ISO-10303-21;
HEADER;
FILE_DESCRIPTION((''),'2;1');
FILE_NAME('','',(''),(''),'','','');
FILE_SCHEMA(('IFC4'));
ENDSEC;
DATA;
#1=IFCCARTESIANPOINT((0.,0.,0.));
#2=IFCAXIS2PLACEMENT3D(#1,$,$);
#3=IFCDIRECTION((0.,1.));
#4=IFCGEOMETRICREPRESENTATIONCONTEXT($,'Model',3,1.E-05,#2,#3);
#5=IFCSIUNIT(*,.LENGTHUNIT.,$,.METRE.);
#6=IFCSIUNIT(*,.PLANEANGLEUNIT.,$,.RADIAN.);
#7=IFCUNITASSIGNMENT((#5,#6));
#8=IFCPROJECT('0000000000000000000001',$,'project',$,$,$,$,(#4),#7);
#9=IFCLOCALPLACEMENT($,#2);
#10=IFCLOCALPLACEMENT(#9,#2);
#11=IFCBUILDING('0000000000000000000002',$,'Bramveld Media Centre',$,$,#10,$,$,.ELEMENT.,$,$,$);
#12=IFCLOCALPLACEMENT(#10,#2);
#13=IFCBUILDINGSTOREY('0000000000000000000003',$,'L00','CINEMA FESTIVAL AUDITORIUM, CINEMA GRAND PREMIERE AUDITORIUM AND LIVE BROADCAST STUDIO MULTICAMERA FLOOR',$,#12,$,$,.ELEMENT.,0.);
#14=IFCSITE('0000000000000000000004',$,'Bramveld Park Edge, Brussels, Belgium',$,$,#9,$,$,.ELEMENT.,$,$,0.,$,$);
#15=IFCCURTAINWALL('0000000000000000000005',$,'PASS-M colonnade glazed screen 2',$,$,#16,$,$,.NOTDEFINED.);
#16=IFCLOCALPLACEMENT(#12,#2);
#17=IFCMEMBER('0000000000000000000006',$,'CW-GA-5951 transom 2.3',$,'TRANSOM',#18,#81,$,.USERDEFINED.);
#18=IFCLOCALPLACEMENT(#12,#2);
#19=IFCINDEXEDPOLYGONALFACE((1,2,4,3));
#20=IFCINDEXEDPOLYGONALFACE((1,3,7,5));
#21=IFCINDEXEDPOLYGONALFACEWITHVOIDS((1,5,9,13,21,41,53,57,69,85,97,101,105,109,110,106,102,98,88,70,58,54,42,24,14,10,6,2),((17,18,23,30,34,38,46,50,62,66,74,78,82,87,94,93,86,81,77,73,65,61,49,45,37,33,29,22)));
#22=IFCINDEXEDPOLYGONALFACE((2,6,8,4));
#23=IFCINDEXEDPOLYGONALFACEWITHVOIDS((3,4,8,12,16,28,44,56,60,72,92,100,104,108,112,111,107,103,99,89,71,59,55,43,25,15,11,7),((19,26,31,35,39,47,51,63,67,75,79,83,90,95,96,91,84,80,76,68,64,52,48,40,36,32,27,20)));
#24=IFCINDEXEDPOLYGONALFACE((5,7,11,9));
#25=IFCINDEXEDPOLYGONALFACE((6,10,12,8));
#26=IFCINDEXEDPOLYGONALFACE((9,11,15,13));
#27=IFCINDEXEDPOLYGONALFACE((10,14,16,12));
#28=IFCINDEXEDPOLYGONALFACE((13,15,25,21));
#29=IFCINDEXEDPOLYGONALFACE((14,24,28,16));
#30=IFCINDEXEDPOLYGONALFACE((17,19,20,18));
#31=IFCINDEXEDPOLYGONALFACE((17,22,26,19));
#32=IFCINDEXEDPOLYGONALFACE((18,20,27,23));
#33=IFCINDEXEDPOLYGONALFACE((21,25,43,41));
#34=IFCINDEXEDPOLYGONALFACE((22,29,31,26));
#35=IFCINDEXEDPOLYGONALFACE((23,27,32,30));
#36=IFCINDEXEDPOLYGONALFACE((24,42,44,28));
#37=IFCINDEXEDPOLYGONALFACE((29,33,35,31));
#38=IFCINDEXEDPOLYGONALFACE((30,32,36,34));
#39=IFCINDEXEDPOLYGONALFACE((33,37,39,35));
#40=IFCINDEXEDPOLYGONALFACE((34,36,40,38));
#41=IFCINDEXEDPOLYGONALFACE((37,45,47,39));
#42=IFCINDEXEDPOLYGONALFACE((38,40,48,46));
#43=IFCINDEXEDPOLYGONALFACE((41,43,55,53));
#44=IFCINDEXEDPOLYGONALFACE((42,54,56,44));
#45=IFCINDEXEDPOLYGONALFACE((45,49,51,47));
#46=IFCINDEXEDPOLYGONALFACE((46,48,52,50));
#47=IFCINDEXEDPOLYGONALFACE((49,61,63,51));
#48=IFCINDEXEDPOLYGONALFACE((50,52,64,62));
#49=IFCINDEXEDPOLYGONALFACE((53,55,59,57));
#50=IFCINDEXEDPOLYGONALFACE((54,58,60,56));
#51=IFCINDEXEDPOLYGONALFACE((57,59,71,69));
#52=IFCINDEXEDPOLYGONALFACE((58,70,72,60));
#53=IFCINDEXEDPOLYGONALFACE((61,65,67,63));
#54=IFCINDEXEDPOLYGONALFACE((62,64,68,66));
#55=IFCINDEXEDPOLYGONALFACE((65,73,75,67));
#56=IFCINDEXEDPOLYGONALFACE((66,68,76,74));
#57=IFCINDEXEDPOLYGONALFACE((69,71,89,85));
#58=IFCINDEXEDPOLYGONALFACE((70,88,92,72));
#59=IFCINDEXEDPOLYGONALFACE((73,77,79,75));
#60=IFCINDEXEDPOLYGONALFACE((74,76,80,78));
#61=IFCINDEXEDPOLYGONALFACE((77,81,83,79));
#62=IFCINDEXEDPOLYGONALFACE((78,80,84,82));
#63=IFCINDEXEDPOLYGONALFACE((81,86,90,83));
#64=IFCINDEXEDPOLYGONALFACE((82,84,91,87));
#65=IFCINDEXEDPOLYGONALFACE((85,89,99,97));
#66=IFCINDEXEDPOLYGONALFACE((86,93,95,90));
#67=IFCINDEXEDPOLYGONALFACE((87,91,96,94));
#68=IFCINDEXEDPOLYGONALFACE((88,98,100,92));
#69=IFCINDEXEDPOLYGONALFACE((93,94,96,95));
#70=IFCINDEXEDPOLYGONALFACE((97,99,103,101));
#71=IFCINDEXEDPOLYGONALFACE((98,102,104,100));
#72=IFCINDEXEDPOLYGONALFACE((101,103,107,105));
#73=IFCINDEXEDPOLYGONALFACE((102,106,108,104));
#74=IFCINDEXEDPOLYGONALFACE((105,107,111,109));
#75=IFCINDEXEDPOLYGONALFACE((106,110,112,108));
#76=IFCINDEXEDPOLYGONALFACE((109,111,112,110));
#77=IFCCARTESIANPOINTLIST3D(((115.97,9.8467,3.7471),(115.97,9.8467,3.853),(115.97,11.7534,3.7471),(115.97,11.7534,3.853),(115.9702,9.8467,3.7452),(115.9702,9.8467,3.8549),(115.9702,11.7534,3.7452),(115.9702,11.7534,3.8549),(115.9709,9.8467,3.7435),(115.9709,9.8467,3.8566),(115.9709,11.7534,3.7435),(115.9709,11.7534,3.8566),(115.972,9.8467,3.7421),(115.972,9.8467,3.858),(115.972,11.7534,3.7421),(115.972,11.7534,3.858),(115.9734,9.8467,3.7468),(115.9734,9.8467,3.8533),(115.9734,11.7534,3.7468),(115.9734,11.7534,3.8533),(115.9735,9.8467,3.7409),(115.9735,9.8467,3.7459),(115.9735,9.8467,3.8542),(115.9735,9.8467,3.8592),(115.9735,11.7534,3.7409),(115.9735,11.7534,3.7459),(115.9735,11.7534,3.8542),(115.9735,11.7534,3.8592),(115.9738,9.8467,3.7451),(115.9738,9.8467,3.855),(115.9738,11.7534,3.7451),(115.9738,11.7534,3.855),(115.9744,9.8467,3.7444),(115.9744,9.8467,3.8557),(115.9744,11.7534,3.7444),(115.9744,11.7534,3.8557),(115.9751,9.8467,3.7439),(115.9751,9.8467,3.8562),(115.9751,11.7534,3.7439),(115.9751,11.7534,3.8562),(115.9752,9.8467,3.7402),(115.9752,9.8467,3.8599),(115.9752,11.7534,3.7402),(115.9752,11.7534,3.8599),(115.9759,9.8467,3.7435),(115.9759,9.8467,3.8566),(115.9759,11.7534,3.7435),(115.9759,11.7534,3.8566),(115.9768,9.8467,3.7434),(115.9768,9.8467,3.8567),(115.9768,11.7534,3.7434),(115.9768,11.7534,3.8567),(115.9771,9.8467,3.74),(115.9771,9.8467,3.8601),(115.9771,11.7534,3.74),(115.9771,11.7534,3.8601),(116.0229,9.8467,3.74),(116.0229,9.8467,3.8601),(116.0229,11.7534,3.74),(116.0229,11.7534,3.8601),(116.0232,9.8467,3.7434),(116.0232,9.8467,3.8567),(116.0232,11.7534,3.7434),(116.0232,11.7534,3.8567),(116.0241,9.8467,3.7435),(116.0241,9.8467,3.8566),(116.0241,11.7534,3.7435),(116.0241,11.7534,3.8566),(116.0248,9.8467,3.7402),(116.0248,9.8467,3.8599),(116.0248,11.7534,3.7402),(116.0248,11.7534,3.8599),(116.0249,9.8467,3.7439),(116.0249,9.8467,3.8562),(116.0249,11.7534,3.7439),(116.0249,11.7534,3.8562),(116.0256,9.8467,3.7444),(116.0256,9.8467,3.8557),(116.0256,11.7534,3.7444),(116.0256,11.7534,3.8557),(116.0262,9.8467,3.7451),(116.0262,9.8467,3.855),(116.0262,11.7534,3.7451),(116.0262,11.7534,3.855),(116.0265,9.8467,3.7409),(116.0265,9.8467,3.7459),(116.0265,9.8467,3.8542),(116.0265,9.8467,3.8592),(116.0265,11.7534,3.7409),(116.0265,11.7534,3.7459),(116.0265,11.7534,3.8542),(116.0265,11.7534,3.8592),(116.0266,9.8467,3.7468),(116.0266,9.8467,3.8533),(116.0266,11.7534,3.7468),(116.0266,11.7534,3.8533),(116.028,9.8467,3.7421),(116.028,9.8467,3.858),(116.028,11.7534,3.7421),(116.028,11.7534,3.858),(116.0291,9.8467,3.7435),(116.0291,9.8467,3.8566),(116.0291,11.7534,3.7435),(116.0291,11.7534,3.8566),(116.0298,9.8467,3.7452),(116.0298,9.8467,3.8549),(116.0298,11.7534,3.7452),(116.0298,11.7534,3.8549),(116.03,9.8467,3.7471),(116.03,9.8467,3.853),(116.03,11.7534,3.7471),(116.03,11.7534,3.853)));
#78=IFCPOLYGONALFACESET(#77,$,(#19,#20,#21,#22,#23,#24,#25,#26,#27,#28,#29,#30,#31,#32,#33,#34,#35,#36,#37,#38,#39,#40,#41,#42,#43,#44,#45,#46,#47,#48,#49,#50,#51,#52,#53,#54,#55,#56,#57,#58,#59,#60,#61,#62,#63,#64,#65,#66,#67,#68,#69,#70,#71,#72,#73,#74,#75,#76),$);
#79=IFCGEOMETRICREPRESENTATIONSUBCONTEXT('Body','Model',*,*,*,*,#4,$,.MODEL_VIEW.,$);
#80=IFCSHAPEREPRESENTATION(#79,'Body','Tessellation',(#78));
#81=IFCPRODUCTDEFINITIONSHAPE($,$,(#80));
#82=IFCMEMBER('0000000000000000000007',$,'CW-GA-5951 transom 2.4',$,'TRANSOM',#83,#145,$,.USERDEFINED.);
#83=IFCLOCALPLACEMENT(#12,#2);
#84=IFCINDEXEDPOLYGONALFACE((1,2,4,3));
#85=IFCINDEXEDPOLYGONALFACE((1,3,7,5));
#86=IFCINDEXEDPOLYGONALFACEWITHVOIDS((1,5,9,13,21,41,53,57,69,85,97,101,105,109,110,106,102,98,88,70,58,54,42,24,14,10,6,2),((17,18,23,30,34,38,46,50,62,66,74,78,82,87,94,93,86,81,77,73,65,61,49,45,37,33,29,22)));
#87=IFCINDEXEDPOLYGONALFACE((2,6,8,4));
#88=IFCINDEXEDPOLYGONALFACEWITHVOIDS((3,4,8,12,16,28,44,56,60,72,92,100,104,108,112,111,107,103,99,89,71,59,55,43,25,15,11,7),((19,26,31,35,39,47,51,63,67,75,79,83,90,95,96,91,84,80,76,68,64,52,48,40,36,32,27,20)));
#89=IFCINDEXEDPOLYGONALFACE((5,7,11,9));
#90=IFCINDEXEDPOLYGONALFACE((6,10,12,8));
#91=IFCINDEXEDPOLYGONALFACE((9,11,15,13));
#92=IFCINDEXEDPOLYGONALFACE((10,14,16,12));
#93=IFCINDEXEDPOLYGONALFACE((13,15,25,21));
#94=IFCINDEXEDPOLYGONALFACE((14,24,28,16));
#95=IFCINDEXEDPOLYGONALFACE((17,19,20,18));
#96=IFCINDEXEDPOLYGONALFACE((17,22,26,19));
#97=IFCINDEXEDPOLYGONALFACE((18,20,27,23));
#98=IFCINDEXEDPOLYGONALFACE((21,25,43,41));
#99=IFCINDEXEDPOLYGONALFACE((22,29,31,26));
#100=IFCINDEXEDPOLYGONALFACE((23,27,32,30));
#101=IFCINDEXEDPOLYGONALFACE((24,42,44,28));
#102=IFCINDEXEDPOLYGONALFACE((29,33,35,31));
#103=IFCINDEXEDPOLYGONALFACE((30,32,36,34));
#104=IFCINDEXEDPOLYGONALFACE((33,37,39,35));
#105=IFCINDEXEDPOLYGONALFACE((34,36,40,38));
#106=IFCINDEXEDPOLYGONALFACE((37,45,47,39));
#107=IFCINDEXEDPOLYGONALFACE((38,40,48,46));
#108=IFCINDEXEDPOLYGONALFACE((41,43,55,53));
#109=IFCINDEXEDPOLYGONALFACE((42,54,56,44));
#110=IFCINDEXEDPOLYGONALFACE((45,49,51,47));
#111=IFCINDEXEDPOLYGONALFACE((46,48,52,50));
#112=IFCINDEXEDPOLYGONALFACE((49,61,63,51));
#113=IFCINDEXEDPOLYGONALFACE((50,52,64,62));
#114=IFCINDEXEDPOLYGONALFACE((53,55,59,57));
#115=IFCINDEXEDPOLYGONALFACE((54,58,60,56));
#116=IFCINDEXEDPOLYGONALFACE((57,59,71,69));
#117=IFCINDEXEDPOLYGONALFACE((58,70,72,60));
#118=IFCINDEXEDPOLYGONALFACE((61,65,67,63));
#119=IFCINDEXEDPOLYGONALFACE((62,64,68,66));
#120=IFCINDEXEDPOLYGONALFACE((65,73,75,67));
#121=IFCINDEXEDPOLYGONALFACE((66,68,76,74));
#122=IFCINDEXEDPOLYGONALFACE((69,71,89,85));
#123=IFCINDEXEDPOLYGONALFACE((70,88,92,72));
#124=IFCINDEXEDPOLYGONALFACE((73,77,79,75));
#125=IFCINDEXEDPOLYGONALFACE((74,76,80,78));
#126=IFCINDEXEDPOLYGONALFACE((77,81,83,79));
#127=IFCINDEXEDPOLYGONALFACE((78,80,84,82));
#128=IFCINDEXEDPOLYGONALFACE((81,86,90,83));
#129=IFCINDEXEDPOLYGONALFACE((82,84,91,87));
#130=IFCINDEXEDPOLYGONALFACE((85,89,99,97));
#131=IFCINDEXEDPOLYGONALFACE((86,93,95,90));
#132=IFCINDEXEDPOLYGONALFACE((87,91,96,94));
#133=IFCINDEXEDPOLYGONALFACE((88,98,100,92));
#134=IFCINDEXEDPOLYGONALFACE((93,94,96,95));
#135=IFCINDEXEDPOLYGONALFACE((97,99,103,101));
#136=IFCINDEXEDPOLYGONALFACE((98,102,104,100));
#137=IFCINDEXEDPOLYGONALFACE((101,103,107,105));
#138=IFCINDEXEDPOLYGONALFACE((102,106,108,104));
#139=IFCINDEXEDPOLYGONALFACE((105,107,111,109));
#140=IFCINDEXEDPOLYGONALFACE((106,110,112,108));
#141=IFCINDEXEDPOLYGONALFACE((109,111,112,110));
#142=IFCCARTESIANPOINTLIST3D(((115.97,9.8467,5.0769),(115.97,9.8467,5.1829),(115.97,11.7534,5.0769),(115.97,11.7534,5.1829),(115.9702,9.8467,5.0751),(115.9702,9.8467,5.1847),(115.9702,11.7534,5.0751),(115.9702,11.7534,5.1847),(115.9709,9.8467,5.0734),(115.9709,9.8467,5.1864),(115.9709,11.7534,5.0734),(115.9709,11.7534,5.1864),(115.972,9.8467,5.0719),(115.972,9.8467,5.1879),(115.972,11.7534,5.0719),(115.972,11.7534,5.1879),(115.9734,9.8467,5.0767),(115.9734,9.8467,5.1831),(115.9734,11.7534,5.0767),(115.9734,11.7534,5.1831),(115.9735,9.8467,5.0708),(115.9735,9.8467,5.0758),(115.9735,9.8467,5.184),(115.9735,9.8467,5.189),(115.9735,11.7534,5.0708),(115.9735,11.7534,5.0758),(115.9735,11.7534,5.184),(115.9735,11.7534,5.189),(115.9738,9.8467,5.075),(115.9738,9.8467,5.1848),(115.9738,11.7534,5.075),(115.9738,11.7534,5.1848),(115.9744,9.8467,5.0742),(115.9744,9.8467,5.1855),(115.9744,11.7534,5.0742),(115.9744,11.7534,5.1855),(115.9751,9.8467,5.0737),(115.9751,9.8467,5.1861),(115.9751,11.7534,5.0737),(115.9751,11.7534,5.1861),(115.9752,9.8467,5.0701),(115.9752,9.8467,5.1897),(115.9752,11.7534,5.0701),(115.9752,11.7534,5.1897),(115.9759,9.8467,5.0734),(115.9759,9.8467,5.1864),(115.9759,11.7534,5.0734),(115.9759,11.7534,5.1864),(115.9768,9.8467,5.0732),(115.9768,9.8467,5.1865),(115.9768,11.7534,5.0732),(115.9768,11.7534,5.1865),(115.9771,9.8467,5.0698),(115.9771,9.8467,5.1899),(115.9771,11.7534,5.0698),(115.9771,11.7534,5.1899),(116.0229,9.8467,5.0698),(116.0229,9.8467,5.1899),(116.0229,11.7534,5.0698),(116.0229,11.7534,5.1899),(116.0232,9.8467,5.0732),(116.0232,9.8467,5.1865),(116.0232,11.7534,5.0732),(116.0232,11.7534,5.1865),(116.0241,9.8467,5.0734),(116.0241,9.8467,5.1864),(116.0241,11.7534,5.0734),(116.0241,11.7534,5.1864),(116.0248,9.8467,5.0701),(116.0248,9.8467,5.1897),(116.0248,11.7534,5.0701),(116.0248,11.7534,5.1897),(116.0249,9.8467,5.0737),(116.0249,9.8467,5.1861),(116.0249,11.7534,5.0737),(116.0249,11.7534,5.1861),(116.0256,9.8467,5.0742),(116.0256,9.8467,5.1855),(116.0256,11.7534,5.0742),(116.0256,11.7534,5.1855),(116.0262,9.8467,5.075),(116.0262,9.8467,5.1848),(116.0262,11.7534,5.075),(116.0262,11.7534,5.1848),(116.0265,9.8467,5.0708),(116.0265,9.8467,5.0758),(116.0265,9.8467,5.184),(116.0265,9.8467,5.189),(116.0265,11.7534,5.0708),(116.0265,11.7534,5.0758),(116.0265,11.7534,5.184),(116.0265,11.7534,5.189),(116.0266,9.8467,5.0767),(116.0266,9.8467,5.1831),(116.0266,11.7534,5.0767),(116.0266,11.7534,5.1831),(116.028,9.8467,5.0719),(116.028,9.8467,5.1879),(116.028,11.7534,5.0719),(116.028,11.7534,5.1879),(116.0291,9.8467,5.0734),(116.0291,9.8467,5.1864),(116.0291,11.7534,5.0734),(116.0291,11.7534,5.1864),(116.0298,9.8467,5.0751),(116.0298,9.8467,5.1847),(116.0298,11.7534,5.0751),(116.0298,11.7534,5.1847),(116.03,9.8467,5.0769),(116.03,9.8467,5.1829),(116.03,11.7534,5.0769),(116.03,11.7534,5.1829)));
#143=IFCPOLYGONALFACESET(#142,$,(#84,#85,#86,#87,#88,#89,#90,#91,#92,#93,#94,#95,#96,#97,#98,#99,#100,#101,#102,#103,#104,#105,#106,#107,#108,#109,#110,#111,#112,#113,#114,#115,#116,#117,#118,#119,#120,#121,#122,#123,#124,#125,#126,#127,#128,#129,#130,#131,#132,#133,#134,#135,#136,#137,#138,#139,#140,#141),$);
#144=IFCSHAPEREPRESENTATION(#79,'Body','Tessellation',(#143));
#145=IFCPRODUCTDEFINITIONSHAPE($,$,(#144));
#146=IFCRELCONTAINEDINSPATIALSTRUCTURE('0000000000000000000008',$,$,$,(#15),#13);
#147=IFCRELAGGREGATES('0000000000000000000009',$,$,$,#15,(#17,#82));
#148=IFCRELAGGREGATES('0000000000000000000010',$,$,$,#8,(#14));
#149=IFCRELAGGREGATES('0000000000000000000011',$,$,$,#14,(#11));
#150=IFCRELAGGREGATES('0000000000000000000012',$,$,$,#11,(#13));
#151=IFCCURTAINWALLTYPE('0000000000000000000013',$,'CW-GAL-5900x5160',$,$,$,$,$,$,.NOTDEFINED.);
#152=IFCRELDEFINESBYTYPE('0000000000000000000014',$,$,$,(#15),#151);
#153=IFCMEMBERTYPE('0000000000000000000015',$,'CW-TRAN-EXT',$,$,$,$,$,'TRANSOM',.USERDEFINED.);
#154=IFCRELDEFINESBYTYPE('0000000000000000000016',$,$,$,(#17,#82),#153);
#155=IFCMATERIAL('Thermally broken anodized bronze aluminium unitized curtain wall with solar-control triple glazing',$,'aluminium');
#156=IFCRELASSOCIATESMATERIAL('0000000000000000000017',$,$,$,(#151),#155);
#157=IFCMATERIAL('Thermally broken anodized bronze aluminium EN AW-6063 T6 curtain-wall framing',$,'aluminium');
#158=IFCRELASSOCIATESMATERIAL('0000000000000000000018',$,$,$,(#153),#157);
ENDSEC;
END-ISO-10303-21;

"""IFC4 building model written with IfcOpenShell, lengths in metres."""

from ifc_helpers import new_model, si_unit, direction, frame, origin, origin_2d, place, context, subcontext, project, spatial, hollow_rectangle, extrude, material, material_profile, profile_set, type_object, element, aggregate, save


model = new_model("IFC4")

# Units and contexts
model_context = context("Model", 3, precision=1e-05, world=origin(), true_north=direction((0.0, 1.0)))
body_context = subcontext(model_context, "Body", "Model", "MODEL_VIEW")
ifc_project = project(units=[si_unit("LENGTHUNIT", "METRE"), si_unit("PLANEANGLEUNIT", "RADIAN")], contexts=[model_context])

# Site, building, storey
site_placement = place(None, origin())
site = spatial("IfcSite", under=ifc_project, at=site_placement, Name="Bramveld Park Edge, Brussels, Belgium", CompositionType="ELEMENT", RefElevation=0.0)
building_placement = place(site_placement, origin())
building = spatial("IfcBuilding", under=site, at=building_placement, Name="Bramveld Media Centre", CompositionType="ELEMENT")
storey_placement = place(building_placement, origin())
storey = spatial("IfcBuildingStorey", under=building, at=storey_placement, Name="L00", Description="CINEMA FESTIVAL AUDITORIUM, CINEMA GRAND PREMIERE AUDITORIUM AND LIVE BROADCAST STUDIO MULTICAMERA FLOOR", CompositionType="ELEMENT", Elevation=0.0)

# Curtain wall
ifc_material_1 = material(Name="Thermally broken anodized bronze aluminium unitized curtain wall with solar-control triple glazing", Category="aluminium")
curtain_wall_type = type_object("IfcCurtainWallType", Name="CW-GAL-5900x5160", PredefinedType="NOTDEFINED", material=ifc_material_1)
curtain_wall_1_placement = place(storey_placement, origin())
curtain_wall_1 = element("IfcCurtainWall", 1, at=curtain_wall_1_placement, inside=storey, type_object=curtain_wall_type, Name="PASS-M colonnade glazed screen 2", PredefinedType="NOTDEFINED")

# Members
ifc_material_2 = material(Name="Thermally broken anodized bronze aluminium EN AW-6063 T6 curtain-wall framing", Category="aluminium")
ifc_material_profile_1 = material_profile(ifc_material_2, hollow_rectangle(XDim=0.0601, YDim=0.1201, WallThickness=0.0034, InnerFilletRadius=0.0034, OuterFilletRadius=0.0071, at=origin_2d()), Name="AL-TRAN 60x120")
ifc_profile_set_1 = profile_set([ifc_material_profile_1], Name="Thermally broken anodized bronze aluminium EN AW-6063 T6 curtain-wall framing")
member_type_1 = type_object("IfcMemberType", Name="CW-TRAN-EXT", ElementType="TRANSOM", PredefinedType="USERDEFINED", material=ifc_profile_set_1)
member_1_placement = place(storey_placement, frame((116.0, 9.8467, 3.8), z_axis=(0.0, 1.0, 0.0), x_axis=(-1.0, 0.0, 0.0)))
member_1 = element("IfcMember", 2, at=member_1_placement, type_object=member_type_1, Name="CW-GA-5951 transom 2.3", ObjectType="TRANSOM", PredefinedType="USERDEFINED", context=body_context, shape_type="SweptSolid", body=[
    extrude(hollow_rectangle(XDim=0.0601, YDim=0.1201, WallThickness=0.0034, InnerFilletRadius=0.0034, OuterFilletRadius=0.0071, at=origin_2d()), origin(), (0.0, 0.0, 1.0), 1.9067),
])
member_2_placement = place(storey_placement, frame((116.0, 9.8467, 5.1299), z_axis=(0.0, 1.0, 0.0), x_axis=(-1.0, 0.0, 0.0)))
member_2 = element("IfcMember", 3, at=member_2_placement, type_object=member_type_1, Name="CW-GA-5951 transom 2.4", ObjectType="TRANSOM", PredefinedType="USERDEFINED", context=body_context, shape_type="SweptSolid", body=[
    extrude(hollow_rectangle(XDim=0.0601, YDim=0.1201, WallThickness=0.0034, InnerFilletRadius=0.0034, OuterFilletRadius=0.0071, at=origin_2d()), origin(), (0.0, 0.0, 1.0), 1.9067),
])

aggregate(curtain_wall_1, [member_1, member_2])

save(model, "model.ifc")
